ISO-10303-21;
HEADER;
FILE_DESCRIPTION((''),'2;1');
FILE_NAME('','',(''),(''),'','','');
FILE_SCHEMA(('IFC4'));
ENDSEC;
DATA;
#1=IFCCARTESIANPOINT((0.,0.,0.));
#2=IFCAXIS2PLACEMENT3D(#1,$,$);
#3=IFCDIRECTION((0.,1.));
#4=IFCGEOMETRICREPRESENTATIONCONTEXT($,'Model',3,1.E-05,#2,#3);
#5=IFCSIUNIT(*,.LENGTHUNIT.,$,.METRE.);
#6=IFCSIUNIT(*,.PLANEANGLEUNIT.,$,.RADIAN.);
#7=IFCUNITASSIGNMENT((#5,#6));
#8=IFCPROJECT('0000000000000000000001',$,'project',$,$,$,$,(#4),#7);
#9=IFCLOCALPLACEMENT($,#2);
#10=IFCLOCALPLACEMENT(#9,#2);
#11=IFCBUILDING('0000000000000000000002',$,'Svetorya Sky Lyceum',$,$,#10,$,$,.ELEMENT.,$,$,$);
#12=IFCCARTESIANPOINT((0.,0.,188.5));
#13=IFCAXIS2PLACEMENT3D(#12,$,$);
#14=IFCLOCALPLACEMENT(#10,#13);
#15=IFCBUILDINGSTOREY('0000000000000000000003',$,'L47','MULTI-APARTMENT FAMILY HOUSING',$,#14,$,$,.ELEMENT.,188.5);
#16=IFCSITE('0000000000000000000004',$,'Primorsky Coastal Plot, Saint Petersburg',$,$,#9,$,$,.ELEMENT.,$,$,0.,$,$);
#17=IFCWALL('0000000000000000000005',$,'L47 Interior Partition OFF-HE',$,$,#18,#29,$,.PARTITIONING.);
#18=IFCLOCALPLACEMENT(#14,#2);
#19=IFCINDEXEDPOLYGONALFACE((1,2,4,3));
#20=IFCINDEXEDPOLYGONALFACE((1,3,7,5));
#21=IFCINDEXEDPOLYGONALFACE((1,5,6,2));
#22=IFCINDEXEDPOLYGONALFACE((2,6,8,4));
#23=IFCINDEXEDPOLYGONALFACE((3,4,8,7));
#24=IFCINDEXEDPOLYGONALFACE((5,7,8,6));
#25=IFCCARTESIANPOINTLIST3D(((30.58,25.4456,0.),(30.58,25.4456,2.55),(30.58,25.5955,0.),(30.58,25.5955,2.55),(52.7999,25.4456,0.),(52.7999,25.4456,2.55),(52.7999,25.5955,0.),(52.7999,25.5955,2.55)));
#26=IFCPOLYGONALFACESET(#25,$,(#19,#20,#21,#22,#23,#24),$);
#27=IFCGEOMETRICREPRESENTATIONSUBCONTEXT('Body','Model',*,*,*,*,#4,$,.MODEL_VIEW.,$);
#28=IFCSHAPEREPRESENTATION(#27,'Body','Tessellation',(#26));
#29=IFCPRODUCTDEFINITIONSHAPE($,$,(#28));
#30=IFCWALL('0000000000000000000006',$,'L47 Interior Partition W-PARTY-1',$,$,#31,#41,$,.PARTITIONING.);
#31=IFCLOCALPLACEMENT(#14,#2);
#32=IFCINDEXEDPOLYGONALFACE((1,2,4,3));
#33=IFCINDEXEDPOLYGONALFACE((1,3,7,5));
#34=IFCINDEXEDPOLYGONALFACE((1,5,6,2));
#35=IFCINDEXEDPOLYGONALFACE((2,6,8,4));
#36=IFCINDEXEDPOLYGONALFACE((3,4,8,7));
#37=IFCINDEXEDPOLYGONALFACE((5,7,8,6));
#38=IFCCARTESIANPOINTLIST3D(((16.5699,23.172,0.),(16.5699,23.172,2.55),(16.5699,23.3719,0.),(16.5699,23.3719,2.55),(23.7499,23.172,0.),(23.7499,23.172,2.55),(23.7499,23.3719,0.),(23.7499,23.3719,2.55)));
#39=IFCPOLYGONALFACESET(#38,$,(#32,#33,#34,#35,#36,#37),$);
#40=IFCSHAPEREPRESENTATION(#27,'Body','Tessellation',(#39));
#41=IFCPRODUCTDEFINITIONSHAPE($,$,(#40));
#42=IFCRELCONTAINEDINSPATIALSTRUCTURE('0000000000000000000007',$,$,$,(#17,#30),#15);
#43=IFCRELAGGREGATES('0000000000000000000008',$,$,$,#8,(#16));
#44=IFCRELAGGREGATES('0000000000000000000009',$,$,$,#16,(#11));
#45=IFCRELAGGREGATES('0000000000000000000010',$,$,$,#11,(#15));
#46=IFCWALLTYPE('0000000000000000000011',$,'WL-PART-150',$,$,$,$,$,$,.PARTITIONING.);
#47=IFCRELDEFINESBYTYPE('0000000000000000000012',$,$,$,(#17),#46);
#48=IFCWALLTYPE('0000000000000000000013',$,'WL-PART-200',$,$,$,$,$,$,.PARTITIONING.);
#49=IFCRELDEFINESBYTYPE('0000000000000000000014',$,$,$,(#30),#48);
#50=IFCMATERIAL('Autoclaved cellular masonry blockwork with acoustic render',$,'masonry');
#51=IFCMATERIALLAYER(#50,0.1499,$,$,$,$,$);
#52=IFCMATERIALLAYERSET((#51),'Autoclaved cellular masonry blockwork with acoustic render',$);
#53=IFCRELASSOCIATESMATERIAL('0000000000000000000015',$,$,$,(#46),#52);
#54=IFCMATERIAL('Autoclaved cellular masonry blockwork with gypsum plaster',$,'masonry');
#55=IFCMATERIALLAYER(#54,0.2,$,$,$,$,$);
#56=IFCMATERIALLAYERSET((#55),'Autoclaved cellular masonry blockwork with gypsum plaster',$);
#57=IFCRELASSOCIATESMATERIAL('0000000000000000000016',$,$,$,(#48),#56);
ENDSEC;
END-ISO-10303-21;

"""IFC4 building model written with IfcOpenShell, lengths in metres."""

from ifc_helpers import new_model, si_unit, direction, frame, frame_2d, origin, place, context, subcontext, project, spatial, rectangle, extrude, material, layer, layer_set, type_object, element, save


model = new_model("IFC4")

# Units and contexts
model_context = context("Model", 3, precision=1e-05, world=origin(), true_north=direction((0.0, 1.0)))
body_context = subcontext(model_context, "Body", "Model", "MODEL_VIEW")
ifc_project = project(units=[si_unit("LENGTHUNIT", "METRE"), si_unit("PLANEANGLEUNIT", "RADIAN")], contexts=[model_context])

# Site, building, storey
site_placement = place(None, origin())
site = spatial("IfcSite", under=ifc_project, at=site_placement, Name="Primorsky Coastal Plot, Saint Petersburg", CompositionType="ELEMENT", RefElevation=0.0)
building_placement = place(site_placement, origin())
building = spatial("IfcBuilding", under=site, at=building_placement, Name="Svetorya Sky Lyceum", CompositionType="ELEMENT")
storey_placement = place(building_placement, frame((0.0, 0.0, 188.5)))
storey = spatial("IfcBuildingStorey", under=building, at=storey_placement, Name="L47", Description="MULTI-APARTMENT FAMILY HOUSING", CompositionType="ELEMENT", Elevation=188.5)

# Walls
ifc_material_1 = material(Name="Autoclaved cellular masonry blockwork with acoustic render", Category="masonry")
ifc_layer_1 = layer(ifc_material_1, 0.1499)
ifc_layer_set_1 = layer_set([ifc_layer_1], Name="Autoclaved cellular masonry blockwork with acoustic render")
wall_type_1 = type_object("IfcWallType", Name="WL-PART-150", PredefinedType="PARTITIONING", material=ifc_layer_set_1)
wall_1_placement = place(storey_placement, frame((30.5801, 25.5205, 0.0), z_axis=(0.0, 0.0, 1.0), x_axis=(1.0, 0.0, 0.0)))
element("IfcWall", 1, at=wall_1_placement, inside=storey, type_object=wall_type_1, Name="L47 Interior Partition OFF-HE", PredefinedType="PARTITIONING", context=body_context, shape_type="SweptSolid", body=[
    extrude(rectangle(XDim=22.22, YDim=0.1499, at=frame_2d((11.1099, 0.0))), origin(), (0.0, 0.0, 1.0), 2.55),
])
ifc_material_2 = material(Name="Autoclaved cellular masonry blockwork with gypsum plaster", Category="masonry")
ifc_layer_2 = layer(ifc_material_2, 0.2)
ifc_layer_set_2 = layer_set([ifc_layer_2], Name="Autoclaved cellular masonry blockwork with gypsum plaster")
wall_type_2 = type_object("IfcWallType", Name="WL-PART-200", PredefinedType="PARTITIONING", material=ifc_layer_set_2)
wall_2_placement = place(storey_placement, frame((16.5701, 23.272, 0.0), z_axis=(0.0, 0.0, 1.0), x_axis=(1.0, 0.0, 0.0)))
element("IfcWall", 2, at=wall_2_placement, inside=storey, type_object=wall_type_2, Name="L47 Interior Partition W-PARTY-1", PredefinedType="PARTITIONING", context=body_context, shape_type="SweptSolid", body=[
    extrude(rectangle(XDim=7.1799, YDim=0.2, at=frame_2d((3.5898, 0.0))), origin(), (0.0, 0.0, 1.0), 2.55),
])

save(model, "model.ifc")
